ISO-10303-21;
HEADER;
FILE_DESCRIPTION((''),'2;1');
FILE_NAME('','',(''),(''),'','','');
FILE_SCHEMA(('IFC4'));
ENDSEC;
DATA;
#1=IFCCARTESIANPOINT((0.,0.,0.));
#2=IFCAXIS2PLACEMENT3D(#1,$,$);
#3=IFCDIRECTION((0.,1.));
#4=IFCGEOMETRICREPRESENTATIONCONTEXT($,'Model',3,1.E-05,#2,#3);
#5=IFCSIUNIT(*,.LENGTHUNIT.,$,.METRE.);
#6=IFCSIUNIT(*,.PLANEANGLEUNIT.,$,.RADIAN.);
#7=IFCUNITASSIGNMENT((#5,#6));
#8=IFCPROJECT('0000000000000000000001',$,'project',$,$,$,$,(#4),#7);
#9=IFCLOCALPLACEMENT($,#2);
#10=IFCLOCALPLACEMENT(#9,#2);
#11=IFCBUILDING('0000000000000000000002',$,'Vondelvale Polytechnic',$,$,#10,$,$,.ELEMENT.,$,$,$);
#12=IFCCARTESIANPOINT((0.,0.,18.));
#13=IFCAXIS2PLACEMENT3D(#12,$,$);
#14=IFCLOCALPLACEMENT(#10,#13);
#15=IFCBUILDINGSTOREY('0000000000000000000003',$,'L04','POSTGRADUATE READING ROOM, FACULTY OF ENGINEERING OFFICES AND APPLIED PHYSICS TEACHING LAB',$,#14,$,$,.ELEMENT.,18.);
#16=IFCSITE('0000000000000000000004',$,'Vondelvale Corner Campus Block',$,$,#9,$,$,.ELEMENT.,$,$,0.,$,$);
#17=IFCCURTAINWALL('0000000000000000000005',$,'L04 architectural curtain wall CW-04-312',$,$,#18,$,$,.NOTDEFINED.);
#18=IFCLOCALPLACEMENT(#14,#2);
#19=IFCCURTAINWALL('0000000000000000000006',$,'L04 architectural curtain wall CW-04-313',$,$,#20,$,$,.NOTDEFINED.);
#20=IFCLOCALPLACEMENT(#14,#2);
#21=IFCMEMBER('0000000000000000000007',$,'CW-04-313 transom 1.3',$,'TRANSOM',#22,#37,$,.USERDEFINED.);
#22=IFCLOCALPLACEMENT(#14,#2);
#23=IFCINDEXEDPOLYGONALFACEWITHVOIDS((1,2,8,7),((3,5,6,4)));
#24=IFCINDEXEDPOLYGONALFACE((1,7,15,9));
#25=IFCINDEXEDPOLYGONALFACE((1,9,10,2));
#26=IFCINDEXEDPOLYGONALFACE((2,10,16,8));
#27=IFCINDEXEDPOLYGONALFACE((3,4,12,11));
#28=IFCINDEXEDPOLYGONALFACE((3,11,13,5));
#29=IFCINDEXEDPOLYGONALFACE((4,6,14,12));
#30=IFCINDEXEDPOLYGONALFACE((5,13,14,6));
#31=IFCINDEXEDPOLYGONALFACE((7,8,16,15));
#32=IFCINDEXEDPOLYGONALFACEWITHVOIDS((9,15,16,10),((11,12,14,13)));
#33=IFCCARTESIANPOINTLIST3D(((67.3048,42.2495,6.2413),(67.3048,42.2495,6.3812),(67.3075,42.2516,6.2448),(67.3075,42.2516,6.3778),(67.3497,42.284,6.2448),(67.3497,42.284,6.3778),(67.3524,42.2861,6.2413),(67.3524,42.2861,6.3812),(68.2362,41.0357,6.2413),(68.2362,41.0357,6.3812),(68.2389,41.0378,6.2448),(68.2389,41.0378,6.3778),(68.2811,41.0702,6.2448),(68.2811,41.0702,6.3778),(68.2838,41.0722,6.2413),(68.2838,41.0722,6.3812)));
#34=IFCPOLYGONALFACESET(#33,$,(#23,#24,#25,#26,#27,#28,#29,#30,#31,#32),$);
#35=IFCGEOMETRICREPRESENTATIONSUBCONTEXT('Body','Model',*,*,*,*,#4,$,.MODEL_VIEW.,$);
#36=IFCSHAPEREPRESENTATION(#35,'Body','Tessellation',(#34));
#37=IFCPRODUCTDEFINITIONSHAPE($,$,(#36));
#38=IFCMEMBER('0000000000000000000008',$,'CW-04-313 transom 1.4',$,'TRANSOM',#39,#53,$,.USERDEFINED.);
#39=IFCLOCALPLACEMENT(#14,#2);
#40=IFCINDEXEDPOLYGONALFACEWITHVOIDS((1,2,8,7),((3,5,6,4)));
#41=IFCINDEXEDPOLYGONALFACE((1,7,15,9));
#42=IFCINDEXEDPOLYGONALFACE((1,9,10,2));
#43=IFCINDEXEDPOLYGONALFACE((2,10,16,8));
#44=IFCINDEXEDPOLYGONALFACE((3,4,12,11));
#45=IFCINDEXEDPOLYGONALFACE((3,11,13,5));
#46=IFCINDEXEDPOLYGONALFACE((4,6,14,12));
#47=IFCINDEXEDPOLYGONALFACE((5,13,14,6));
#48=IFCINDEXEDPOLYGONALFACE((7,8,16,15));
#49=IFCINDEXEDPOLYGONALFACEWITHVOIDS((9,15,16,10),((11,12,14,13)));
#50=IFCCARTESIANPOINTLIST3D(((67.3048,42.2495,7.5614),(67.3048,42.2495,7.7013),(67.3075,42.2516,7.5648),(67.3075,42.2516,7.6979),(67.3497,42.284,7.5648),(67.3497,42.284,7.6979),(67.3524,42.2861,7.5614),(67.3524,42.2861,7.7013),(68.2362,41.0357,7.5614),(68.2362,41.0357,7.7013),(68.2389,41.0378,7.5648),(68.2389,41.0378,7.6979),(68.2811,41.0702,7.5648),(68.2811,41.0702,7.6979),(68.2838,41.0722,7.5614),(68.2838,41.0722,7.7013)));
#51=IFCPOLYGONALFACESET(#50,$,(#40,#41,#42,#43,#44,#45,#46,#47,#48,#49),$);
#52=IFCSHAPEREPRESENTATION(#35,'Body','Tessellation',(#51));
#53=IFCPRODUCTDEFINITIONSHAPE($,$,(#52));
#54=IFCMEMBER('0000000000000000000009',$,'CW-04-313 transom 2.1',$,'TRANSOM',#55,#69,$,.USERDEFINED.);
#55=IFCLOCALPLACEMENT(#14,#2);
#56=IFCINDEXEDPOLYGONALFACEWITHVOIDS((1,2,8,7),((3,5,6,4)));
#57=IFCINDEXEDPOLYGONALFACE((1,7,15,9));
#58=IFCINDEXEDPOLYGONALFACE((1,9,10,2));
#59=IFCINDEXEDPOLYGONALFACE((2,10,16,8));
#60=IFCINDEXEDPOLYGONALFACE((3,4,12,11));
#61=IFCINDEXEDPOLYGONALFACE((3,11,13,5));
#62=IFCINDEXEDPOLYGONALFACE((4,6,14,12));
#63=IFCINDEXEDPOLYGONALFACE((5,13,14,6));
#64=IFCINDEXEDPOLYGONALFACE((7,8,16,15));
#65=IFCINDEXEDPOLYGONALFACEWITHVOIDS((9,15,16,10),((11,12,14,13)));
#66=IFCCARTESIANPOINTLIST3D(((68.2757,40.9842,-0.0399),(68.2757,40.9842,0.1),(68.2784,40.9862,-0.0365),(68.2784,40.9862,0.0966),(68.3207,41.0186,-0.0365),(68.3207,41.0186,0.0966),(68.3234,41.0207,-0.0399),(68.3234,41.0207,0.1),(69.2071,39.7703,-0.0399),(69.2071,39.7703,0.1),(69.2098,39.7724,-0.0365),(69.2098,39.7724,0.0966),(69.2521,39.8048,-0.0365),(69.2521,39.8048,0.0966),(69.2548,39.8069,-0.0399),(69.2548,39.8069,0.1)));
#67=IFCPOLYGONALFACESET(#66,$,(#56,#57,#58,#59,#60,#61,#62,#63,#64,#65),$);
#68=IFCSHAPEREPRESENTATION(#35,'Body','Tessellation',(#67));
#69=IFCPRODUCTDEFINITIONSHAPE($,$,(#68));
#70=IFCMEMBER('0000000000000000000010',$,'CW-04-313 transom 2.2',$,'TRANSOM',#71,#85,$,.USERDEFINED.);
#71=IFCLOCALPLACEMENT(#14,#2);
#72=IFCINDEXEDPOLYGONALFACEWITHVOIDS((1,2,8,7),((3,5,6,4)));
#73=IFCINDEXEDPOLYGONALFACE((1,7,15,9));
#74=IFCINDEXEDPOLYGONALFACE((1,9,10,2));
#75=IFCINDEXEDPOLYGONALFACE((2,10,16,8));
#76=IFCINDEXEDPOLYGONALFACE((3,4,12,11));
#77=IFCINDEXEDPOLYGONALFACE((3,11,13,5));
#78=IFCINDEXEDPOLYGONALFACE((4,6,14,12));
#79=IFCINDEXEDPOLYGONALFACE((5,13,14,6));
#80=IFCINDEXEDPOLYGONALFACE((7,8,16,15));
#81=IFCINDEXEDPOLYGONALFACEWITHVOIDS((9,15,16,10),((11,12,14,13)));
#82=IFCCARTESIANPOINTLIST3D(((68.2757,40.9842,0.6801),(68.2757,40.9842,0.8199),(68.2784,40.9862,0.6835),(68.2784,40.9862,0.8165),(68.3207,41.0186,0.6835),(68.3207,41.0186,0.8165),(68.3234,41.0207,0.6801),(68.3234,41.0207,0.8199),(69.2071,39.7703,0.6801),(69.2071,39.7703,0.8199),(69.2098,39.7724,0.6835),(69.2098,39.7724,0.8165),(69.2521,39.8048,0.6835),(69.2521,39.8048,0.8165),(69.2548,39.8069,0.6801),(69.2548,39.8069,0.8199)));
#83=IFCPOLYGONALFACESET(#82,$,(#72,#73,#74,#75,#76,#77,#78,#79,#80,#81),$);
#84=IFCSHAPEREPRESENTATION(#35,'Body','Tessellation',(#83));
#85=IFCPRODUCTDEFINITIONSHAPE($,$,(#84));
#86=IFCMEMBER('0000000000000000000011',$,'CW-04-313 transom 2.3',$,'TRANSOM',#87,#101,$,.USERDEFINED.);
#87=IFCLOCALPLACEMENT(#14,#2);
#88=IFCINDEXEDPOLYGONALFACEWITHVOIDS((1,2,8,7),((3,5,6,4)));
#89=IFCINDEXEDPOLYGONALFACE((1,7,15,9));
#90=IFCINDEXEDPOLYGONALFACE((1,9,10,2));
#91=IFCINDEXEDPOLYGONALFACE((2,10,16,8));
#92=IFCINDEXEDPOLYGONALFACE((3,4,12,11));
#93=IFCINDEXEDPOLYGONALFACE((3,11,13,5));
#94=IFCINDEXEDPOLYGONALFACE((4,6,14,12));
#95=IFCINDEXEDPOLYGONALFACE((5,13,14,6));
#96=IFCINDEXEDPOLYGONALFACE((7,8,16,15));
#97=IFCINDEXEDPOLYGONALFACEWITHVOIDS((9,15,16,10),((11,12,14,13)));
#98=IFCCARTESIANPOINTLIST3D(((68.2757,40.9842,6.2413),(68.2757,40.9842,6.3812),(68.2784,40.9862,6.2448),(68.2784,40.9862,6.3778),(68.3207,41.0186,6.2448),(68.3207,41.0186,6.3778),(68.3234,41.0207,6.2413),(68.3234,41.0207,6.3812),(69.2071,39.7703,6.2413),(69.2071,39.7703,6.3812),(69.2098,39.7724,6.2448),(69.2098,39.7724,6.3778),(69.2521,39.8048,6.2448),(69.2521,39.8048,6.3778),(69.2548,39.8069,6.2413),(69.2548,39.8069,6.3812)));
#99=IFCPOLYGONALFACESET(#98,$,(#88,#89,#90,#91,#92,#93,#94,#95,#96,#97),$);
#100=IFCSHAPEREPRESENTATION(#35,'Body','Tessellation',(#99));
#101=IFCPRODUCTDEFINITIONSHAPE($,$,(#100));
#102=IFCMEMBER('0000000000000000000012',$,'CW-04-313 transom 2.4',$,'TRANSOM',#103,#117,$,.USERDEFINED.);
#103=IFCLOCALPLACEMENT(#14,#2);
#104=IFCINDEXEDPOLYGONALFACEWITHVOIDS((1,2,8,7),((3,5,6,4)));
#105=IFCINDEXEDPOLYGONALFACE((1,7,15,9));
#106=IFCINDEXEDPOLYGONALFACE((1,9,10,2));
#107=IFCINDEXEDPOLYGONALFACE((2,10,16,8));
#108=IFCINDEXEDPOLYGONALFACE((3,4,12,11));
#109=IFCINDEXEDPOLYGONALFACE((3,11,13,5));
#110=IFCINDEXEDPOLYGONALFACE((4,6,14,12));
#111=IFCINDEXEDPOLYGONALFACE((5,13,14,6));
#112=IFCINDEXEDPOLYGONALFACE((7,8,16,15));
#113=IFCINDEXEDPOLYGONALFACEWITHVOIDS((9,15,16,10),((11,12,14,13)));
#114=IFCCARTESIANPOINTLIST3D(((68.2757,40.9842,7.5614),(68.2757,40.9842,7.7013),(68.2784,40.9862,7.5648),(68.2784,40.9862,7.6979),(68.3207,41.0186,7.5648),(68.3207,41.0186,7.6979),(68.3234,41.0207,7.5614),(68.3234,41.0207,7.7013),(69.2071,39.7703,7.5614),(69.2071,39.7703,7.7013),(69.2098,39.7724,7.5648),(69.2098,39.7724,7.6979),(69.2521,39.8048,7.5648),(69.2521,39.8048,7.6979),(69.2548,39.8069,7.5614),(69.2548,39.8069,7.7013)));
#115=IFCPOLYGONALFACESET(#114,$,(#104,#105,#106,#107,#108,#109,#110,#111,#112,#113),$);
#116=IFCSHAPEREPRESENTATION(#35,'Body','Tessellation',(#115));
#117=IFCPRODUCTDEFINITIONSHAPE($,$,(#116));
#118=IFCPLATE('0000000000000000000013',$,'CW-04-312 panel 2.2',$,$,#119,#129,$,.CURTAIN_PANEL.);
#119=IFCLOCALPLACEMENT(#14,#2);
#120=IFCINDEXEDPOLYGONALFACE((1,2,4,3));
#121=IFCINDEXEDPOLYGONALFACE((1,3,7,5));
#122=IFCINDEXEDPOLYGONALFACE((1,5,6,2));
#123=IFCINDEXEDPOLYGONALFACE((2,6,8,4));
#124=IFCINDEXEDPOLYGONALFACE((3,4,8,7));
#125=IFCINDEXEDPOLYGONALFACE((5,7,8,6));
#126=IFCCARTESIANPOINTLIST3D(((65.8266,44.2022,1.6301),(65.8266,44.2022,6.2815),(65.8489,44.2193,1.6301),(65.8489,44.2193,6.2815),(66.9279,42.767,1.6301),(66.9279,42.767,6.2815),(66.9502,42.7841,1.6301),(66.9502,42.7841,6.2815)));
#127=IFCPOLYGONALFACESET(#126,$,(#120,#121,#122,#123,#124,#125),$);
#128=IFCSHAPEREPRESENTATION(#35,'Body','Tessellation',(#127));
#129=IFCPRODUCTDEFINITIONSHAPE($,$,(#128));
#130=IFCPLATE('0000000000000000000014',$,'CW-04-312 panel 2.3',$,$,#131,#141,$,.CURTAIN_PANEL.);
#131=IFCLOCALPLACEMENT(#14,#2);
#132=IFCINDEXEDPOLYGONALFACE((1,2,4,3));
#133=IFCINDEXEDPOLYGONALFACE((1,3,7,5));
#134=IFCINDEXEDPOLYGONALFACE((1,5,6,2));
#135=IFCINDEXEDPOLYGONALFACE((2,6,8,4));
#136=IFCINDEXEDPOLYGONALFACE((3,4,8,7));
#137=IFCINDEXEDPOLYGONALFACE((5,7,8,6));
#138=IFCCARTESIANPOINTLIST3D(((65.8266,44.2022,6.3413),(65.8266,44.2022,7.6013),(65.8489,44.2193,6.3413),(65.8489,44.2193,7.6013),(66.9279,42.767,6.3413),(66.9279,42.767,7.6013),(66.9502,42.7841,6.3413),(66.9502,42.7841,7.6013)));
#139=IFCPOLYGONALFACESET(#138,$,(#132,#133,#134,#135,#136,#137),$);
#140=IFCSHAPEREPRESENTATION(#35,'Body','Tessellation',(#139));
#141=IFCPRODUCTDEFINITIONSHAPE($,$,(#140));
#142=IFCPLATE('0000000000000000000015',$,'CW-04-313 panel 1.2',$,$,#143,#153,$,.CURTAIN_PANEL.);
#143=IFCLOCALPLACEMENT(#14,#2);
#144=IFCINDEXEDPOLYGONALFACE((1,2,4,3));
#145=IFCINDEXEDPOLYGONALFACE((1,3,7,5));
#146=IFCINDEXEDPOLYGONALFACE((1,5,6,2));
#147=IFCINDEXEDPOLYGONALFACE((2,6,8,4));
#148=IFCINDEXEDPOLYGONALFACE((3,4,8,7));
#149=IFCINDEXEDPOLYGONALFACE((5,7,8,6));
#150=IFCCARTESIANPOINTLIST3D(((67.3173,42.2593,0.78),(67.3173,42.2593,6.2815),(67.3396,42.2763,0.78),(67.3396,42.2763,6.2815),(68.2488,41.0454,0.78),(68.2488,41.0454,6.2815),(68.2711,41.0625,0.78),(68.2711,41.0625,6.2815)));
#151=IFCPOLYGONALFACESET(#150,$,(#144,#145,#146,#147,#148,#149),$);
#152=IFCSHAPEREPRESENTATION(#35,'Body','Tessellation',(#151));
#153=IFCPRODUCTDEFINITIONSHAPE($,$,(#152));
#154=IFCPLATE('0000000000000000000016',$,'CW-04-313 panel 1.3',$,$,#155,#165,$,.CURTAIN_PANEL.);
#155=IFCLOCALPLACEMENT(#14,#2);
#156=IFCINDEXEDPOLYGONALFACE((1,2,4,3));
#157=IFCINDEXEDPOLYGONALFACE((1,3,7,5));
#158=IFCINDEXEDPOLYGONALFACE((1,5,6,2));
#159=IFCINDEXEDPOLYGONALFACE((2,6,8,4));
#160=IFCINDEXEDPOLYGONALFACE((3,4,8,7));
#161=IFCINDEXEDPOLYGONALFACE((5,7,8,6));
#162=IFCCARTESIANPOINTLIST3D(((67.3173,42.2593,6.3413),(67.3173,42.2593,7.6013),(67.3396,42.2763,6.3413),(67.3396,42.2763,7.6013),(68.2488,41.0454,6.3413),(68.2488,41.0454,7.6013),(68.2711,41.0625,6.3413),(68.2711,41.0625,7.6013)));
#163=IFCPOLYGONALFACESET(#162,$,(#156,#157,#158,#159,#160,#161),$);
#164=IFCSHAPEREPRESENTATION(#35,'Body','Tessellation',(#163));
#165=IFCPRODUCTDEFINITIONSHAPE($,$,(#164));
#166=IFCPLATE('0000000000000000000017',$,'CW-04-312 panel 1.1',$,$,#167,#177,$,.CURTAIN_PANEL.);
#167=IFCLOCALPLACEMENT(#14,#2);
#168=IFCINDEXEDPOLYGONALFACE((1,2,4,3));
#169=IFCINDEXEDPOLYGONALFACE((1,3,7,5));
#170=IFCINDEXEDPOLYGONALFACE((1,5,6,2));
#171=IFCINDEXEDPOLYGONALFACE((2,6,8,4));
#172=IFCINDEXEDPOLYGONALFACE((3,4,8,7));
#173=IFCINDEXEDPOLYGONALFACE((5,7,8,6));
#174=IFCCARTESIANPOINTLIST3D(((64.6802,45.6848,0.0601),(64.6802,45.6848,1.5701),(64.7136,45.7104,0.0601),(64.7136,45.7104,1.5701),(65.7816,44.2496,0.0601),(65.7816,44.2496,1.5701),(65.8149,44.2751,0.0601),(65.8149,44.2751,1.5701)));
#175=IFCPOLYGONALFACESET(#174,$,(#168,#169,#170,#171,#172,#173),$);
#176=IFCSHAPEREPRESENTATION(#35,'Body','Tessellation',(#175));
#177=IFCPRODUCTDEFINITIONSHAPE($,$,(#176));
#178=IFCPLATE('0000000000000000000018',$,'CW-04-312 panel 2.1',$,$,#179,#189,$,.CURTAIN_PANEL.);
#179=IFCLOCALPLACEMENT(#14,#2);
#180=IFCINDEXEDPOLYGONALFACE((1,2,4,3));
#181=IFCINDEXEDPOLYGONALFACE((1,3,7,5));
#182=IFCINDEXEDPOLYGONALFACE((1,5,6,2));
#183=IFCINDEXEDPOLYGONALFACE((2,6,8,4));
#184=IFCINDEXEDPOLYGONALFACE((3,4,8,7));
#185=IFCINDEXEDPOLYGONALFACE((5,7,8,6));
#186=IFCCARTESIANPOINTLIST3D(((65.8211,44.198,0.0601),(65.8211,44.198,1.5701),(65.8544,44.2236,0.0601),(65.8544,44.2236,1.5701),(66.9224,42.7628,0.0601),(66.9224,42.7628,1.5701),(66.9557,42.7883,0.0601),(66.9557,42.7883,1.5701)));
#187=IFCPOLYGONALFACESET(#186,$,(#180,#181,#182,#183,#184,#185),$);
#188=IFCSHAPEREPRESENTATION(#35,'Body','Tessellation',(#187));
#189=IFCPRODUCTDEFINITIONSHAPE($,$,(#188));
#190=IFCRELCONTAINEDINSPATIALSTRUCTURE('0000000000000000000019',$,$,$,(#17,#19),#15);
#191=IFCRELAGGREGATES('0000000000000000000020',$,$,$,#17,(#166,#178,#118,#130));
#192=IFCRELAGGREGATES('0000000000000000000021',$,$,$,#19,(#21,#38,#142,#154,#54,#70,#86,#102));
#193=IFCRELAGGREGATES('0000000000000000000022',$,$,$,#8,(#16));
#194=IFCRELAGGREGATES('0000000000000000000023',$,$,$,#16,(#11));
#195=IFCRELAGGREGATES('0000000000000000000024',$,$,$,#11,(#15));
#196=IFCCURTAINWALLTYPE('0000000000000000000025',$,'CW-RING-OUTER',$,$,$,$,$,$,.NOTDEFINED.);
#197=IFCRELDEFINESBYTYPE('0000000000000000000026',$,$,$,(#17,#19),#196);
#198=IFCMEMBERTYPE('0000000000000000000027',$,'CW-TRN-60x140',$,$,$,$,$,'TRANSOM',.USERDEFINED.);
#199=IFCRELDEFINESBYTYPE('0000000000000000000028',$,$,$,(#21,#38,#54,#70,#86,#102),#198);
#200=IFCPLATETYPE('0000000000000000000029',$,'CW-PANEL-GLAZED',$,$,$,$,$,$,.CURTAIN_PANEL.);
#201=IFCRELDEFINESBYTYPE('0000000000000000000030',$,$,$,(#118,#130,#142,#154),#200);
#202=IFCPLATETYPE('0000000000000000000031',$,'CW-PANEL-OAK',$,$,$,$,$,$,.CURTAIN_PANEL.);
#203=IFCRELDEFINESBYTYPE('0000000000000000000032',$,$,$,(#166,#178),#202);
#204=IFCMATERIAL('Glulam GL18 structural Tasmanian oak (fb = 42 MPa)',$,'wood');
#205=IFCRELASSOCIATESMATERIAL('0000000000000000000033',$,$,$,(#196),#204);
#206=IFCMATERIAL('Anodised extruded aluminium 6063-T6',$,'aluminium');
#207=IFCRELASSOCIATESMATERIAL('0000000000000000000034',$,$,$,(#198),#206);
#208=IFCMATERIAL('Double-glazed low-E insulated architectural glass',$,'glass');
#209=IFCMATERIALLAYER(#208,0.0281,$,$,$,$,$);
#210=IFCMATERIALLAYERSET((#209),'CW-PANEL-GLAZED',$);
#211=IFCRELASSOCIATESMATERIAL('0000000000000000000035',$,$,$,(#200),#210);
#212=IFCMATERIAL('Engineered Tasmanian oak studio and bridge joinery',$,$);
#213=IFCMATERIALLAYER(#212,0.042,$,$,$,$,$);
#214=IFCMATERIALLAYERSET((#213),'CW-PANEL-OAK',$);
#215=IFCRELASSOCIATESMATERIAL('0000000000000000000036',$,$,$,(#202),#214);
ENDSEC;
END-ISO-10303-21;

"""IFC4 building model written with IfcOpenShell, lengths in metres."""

from ifc_helpers import new_model, si_unit, direction, frame, origin, origin_2d, place, context, subcontext, project, spatial, rectangle, hollow_rectangle, extrude, material, layer, layer_set, material_profile, profile_set, type_object, element, aggregate, save


model = new_model("IFC4")

# Units and contexts
model_context = context("Model", 3, precision=1e-05, world=origin(), true_north=direction((0.0, 1.0)))
body_context = subcontext(model_context, "Body", "Model", "MODEL_VIEW")
ifc_project = project(units=[si_unit("LENGTHUNIT", "METRE"), si_unit("PLANEANGLEUNIT", "RADIAN")], contexts=[model_context])

# Site, building, storey
site_placement = place(None, origin())
site = spatial("IfcSite", under=ifc_project, at=site_placement, Name="Vondelvale Corner Campus Block", CompositionType="ELEMENT", RefElevation=0.0)
building_placement = place(site_placement, origin())
building = spatial("IfcBuilding", under=site, at=building_placement, Name="Vondelvale Polytechnic", CompositionType="ELEMENT")
storey_placement = place(building_placement, frame((0.0, 0.0, 18.0)))
storey = spatial("IfcBuildingStorey", under=building, at=storey_placement, Name="L04", Description="POSTGRADUATE READING ROOM, FACULTY OF ENGINEERING OFFICES AND APPLIED PHYSICS TEACHING LAB", CompositionType="ELEMENT", Elevation=18.0)

# Shared definitions
ifc_material_1 = material(Name="Glulam GL18 structural Tasmanian oak (fb = 42 MPa)", Category="wood")

# Curtain walls
curtain_wall_type = type_object("IfcCurtainWallType", Name="CW-RING-OUTER", PredefinedType="NOTDEFINED", material=ifc_material_1)
curtain_wall_1_placement = place(storey_placement, origin())
curtain_wall_1 = element("IfcCurtainWall", 1, at=curtain_wall_1_placement, inside=storey, type_object=curtain_wall_type, Name="L04 architectural curtain wall CW-04-312", PredefinedType="NOTDEFINED")
ifc_material_2 = material(Name="Anodised extruded aluminium 6063-T6", Category="aluminium")
curtain_wall_2_placement = place(storey_placement, origin())
curtain_wall_2 = element("IfcCurtainWall", 2, at=curtain_wall_2_placement, inside=storey, type_object=curtain_wall_type, Name="L04 architectural curtain wall CW-04-313", PredefinedType="NOTDEFINED")

# Members
ifc_material_profile_1 = material_profile(ifc_material_2, hollow_rectangle(XDim=0.0601, YDim=0.1399, WallThickness=0.0034, at=origin_2d()), Name="CW-TRN-140x60")
ifc_profile_set_1 = profile_set([ifc_material_profile_1], Name="Anodised extruded aluminium 6063-T6")
member_type_1 = type_object("IfcMemberType", Name="CW-TRN-60x140", ElementType="TRANSOM", PredefinedType="USERDEFINED", material=ifc_profile_set_1)
member_1_placement = place(storey_placement, frame((67.3286, 42.2678, 6.3113), z_axis=(0.608746, -0.793365, 0.0), x_axis=(0.793365, 0.608746, 0.0)))
member_1 = element("IfcMember", 3, at=member_1_placement, type_object=member_type_1, Name="CW-04-313 transom 1.3", ObjectType="TRANSOM", PredefinedType="USERDEFINED", context=body_context, shape_type="SweptSolid", body=[
    extrude(hollow_rectangle(XDim=0.0601, YDim=0.1399, WallThickness=0.0034, at=origin_2d()), origin(), (0.0, 0.0, 1.0), 1.53),
])
member_2_placement = place(storey_placement, frame((67.3286, 42.2678, 7.6313), z_axis=(0.608746, -0.793365, 0.0), x_axis=(0.793365, 0.608746, 0.0)))
member_2 = element("IfcMember", 4, at=member_2_placement, type_object=member_type_1, Name="CW-04-313 transom 1.4", ObjectType="TRANSOM", PredefinedType="USERDEFINED", context=body_context, shape_type="SweptSolid", body=[
    extrude(hollow_rectangle(XDim=0.0601, YDim=0.1399, WallThickness=0.0034, at=origin_2d()), origin(), (0.0, 0.0, 1.0), 1.53),
])
member_3_placement = place(storey_placement, frame((68.2996, 41.0024, 0.03), z_axis=(0.608746, -0.793365, 0.0), x_axis=(0.793365, 0.608746, 0.0)))
member_3 = element("IfcMember", 5, at=member_3_placement, type_object=member_type_1, Name="CW-04-313 transom 2.1", ObjectType="TRANSOM", PredefinedType="USERDEFINED", context=body_context, shape_type="SweptSolid", body=[
    extrude(hollow_rectangle(XDim=0.0601, YDim=0.1399, WallThickness=0.0034, at=origin_2d()), origin(), (0.0, 0.0, 1.0), 1.53),
])
member_4_placement = place(storey_placement, frame((68.2996, 41.0024, 0.75), z_axis=(0.608746, -0.793365, 0.0), x_axis=(0.793365, 0.608746, 0.0)))
member_4 = element("IfcMember", 6, at=member_4_placement, type_object=member_type_1, Name="CW-04-313 transom 2.2", ObjectType="TRANSOM", PredefinedType="USERDEFINED", context=body_context, shape_type="SweptSolid", body=[
    extrude(hollow_rectangle(XDim=0.0601, YDim=0.1399, WallThickness=0.0034, at=origin_2d()), origin(), (0.0, 0.0, 1.0), 1.53),
])
member_5_placement = place(storey_placement, frame((68.2996, 41.0024, 6.3113), z_axis=(0.608746, -0.793365, 0.0), x_axis=(0.793365, 0.608746, 0.0)))
member_5 = element("IfcMember", 7, at=member_5_placement, type_object=member_type_1, Name="CW-04-313 transom 2.3", ObjectType="TRANSOM", PredefinedType="USERDEFINED", context=body_context, shape_type="SweptSolid", body=[
    extrude(hollow_rectangle(XDim=0.0601, YDim=0.1399, WallThickness=0.0034, at=origin_2d()), origin(), (0.0, 0.0, 1.0), 1.53),
])
member_6_placement = place(storey_placement, frame((68.2996, 41.0024, 7.6313), z_axis=(0.608746, -0.793365, 0.0), x_axis=(0.793365, 0.608746, 0.0)))
member_6 = element("IfcMember", 8, at=member_6_placement, type_object=member_type_1, Name="CW-04-313 transom 2.4", ObjectType="TRANSOM", PredefinedType="USERDEFINED", context=body_context, shape_type="SweptSolid", body=[
    extrude(hollow_rectangle(XDim=0.0601, YDim=0.1399, WallThickness=0.0034, at=origin_2d()), origin(), (0.0, 0.0, 1.0), 1.53),
])

# Plates
ifc_material_3 = material(Name="Double-glazed low-E insulated architectural glass", Category="glass")
ifc_layer_1 = layer(ifc_material_3, 0.0281)
ifc_layer_set_1 = layer_set([ifc_layer_1], Name="CW-PANEL-GLAZED")
plate_type_1 = type_object("IfcPlateType", Name="CW-PANEL-GLAZED", PredefinedType="CURTAIN_PANEL", material=ifc_layer_set_1)
plate_1_placement = place(storey_placement, frame((66.3884, 43.4932, 1.6301), z_axis=(0.0, 0.0, 1.0), x_axis=(0.608771, -0.793346, 0.0)))
plate_1 = element("IfcPlate", 9, at=plate_1_placement, type_object=plate_type_1, Name="CW-04-312 panel 2.2", PredefinedType="CURTAIN_PANEL", context=body_context, shape_type="SweptSolid", body=[
    extrude(rectangle(XDim=1.8091, YDim=0.0281, at=origin_2d()), origin(), (0.0, 0.0, 1.0), 4.6514),
])
plate_2_placement = place(storey_placement, frame((66.3884, 43.4932, 6.3413), z_axis=(0.0, 0.0, 1.0), x_axis=(0.608771, -0.793346, 0.0)))
plate_2 = element("IfcPlate", 10, at=plate_2_placement, type_object=plate_type_1, Name="CW-04-312 panel 2.3", PredefinedType="CURTAIN_PANEL", context=body_context, shape_type="SweptSolid", body=[
    extrude(rectangle(XDim=1.8091, YDim=0.0281, at=origin_2d()), origin(), (0.0, 0.0, 1.0), 1.26),
])
plate_3_placement = place(storey_placement, frame((67.7942, 41.6609, 0.78), z_axis=(0.0, 0.0, 1.0), x_axis=(0.608787, -0.793334, 0.0)))
plate_3 = element("IfcPlate", 11, at=plate_3_placement, type_object=plate_type_1, Name="CW-04-313 panel 1.2", PredefinedType="CURTAIN_PANEL", context=body_context, shape_type="SweptSolid", body=[
    extrude(rectangle(XDim=1.53, YDim=0.0281, at=origin_2d()), origin(), (0.0, 0.0, 1.0), 5.5015),
])
plate_4_placement = place(storey_placement, frame((67.7942, 41.6609, 6.3413), z_axis=(0.0, 0.0, 1.0), x_axis=(0.608787, -0.793334, 0.0)))
plate_4 = element("IfcPlate", 12, at=plate_4_placement, type_object=plate_type_1, Name="CW-04-313 panel 1.3", PredefinedType="CURTAIN_PANEL", context=body_context, shape_type="SweptSolid", body=[
    extrude(rectangle(XDim=1.53, YDim=0.0281, at=origin_2d()), origin(), (0.0, 0.0, 1.0), 1.26),
])
ifc_material_4 = material(Name="Engineered Tasmanian oak studio and bridge joinery")
ifc_layer_2 = layer(ifc_material_4, 0.042)
ifc_layer_set_2 = layer_set([ifc_layer_2], Name="CW-PANEL-OAK")
plate_type_2 = type_object("IfcPlateType", Name="CW-PANEL-OAK", PredefinedType="CURTAIN_PANEL", material=ifc_layer_set_2)
plate_5_placement = place(storey_placement, frame((65.2476, 44.98, 0.0601), z_axis=(0.0, 0.0, 1.0), x_axis=(0.608771, -0.793346, 0.0)))
plate_5 = element("IfcPlate", 13, at=plate_5_placement, type_object=plate_type_2, Name="CW-04-312 panel 1.1", PredefinedType="CURTAIN_PANEL", context=body_context, shape_type="SweptSolid", body=[
    extrude(rectangle(XDim=1.8091, YDim=0.042, at=origin_2d()), origin(), (0.0, 0.0, 1.0), 1.51),
])
plate_6_placement = place(storey_placement, frame((66.3884, 43.4932, 0.0601), z_axis=(0.0, 0.0, 1.0), x_axis=(0.608771, -0.793346, 0.0)))
plate_6 = element("IfcPlate", 14, at=plate_6_placement, type_object=plate_type_2, Name="CW-04-312 panel 2.1", PredefinedType="CURTAIN_PANEL", context=body_context, shape_type="SweptSolid", body=[
    extrude(rectangle(XDim=1.8091, YDim=0.042, at=origin_2d()), origin(), (0.0, 0.0, 1.0), 1.51),
])
aggregate(curtain_wall_1, [plate_5, plate_6, plate_1, plate_2])
aggregate(curtain_wall_2, [member_1, member_2, plate_3, plate_4, member_3, member_4, member_5, member_6])

save(model, "model.ifc")
